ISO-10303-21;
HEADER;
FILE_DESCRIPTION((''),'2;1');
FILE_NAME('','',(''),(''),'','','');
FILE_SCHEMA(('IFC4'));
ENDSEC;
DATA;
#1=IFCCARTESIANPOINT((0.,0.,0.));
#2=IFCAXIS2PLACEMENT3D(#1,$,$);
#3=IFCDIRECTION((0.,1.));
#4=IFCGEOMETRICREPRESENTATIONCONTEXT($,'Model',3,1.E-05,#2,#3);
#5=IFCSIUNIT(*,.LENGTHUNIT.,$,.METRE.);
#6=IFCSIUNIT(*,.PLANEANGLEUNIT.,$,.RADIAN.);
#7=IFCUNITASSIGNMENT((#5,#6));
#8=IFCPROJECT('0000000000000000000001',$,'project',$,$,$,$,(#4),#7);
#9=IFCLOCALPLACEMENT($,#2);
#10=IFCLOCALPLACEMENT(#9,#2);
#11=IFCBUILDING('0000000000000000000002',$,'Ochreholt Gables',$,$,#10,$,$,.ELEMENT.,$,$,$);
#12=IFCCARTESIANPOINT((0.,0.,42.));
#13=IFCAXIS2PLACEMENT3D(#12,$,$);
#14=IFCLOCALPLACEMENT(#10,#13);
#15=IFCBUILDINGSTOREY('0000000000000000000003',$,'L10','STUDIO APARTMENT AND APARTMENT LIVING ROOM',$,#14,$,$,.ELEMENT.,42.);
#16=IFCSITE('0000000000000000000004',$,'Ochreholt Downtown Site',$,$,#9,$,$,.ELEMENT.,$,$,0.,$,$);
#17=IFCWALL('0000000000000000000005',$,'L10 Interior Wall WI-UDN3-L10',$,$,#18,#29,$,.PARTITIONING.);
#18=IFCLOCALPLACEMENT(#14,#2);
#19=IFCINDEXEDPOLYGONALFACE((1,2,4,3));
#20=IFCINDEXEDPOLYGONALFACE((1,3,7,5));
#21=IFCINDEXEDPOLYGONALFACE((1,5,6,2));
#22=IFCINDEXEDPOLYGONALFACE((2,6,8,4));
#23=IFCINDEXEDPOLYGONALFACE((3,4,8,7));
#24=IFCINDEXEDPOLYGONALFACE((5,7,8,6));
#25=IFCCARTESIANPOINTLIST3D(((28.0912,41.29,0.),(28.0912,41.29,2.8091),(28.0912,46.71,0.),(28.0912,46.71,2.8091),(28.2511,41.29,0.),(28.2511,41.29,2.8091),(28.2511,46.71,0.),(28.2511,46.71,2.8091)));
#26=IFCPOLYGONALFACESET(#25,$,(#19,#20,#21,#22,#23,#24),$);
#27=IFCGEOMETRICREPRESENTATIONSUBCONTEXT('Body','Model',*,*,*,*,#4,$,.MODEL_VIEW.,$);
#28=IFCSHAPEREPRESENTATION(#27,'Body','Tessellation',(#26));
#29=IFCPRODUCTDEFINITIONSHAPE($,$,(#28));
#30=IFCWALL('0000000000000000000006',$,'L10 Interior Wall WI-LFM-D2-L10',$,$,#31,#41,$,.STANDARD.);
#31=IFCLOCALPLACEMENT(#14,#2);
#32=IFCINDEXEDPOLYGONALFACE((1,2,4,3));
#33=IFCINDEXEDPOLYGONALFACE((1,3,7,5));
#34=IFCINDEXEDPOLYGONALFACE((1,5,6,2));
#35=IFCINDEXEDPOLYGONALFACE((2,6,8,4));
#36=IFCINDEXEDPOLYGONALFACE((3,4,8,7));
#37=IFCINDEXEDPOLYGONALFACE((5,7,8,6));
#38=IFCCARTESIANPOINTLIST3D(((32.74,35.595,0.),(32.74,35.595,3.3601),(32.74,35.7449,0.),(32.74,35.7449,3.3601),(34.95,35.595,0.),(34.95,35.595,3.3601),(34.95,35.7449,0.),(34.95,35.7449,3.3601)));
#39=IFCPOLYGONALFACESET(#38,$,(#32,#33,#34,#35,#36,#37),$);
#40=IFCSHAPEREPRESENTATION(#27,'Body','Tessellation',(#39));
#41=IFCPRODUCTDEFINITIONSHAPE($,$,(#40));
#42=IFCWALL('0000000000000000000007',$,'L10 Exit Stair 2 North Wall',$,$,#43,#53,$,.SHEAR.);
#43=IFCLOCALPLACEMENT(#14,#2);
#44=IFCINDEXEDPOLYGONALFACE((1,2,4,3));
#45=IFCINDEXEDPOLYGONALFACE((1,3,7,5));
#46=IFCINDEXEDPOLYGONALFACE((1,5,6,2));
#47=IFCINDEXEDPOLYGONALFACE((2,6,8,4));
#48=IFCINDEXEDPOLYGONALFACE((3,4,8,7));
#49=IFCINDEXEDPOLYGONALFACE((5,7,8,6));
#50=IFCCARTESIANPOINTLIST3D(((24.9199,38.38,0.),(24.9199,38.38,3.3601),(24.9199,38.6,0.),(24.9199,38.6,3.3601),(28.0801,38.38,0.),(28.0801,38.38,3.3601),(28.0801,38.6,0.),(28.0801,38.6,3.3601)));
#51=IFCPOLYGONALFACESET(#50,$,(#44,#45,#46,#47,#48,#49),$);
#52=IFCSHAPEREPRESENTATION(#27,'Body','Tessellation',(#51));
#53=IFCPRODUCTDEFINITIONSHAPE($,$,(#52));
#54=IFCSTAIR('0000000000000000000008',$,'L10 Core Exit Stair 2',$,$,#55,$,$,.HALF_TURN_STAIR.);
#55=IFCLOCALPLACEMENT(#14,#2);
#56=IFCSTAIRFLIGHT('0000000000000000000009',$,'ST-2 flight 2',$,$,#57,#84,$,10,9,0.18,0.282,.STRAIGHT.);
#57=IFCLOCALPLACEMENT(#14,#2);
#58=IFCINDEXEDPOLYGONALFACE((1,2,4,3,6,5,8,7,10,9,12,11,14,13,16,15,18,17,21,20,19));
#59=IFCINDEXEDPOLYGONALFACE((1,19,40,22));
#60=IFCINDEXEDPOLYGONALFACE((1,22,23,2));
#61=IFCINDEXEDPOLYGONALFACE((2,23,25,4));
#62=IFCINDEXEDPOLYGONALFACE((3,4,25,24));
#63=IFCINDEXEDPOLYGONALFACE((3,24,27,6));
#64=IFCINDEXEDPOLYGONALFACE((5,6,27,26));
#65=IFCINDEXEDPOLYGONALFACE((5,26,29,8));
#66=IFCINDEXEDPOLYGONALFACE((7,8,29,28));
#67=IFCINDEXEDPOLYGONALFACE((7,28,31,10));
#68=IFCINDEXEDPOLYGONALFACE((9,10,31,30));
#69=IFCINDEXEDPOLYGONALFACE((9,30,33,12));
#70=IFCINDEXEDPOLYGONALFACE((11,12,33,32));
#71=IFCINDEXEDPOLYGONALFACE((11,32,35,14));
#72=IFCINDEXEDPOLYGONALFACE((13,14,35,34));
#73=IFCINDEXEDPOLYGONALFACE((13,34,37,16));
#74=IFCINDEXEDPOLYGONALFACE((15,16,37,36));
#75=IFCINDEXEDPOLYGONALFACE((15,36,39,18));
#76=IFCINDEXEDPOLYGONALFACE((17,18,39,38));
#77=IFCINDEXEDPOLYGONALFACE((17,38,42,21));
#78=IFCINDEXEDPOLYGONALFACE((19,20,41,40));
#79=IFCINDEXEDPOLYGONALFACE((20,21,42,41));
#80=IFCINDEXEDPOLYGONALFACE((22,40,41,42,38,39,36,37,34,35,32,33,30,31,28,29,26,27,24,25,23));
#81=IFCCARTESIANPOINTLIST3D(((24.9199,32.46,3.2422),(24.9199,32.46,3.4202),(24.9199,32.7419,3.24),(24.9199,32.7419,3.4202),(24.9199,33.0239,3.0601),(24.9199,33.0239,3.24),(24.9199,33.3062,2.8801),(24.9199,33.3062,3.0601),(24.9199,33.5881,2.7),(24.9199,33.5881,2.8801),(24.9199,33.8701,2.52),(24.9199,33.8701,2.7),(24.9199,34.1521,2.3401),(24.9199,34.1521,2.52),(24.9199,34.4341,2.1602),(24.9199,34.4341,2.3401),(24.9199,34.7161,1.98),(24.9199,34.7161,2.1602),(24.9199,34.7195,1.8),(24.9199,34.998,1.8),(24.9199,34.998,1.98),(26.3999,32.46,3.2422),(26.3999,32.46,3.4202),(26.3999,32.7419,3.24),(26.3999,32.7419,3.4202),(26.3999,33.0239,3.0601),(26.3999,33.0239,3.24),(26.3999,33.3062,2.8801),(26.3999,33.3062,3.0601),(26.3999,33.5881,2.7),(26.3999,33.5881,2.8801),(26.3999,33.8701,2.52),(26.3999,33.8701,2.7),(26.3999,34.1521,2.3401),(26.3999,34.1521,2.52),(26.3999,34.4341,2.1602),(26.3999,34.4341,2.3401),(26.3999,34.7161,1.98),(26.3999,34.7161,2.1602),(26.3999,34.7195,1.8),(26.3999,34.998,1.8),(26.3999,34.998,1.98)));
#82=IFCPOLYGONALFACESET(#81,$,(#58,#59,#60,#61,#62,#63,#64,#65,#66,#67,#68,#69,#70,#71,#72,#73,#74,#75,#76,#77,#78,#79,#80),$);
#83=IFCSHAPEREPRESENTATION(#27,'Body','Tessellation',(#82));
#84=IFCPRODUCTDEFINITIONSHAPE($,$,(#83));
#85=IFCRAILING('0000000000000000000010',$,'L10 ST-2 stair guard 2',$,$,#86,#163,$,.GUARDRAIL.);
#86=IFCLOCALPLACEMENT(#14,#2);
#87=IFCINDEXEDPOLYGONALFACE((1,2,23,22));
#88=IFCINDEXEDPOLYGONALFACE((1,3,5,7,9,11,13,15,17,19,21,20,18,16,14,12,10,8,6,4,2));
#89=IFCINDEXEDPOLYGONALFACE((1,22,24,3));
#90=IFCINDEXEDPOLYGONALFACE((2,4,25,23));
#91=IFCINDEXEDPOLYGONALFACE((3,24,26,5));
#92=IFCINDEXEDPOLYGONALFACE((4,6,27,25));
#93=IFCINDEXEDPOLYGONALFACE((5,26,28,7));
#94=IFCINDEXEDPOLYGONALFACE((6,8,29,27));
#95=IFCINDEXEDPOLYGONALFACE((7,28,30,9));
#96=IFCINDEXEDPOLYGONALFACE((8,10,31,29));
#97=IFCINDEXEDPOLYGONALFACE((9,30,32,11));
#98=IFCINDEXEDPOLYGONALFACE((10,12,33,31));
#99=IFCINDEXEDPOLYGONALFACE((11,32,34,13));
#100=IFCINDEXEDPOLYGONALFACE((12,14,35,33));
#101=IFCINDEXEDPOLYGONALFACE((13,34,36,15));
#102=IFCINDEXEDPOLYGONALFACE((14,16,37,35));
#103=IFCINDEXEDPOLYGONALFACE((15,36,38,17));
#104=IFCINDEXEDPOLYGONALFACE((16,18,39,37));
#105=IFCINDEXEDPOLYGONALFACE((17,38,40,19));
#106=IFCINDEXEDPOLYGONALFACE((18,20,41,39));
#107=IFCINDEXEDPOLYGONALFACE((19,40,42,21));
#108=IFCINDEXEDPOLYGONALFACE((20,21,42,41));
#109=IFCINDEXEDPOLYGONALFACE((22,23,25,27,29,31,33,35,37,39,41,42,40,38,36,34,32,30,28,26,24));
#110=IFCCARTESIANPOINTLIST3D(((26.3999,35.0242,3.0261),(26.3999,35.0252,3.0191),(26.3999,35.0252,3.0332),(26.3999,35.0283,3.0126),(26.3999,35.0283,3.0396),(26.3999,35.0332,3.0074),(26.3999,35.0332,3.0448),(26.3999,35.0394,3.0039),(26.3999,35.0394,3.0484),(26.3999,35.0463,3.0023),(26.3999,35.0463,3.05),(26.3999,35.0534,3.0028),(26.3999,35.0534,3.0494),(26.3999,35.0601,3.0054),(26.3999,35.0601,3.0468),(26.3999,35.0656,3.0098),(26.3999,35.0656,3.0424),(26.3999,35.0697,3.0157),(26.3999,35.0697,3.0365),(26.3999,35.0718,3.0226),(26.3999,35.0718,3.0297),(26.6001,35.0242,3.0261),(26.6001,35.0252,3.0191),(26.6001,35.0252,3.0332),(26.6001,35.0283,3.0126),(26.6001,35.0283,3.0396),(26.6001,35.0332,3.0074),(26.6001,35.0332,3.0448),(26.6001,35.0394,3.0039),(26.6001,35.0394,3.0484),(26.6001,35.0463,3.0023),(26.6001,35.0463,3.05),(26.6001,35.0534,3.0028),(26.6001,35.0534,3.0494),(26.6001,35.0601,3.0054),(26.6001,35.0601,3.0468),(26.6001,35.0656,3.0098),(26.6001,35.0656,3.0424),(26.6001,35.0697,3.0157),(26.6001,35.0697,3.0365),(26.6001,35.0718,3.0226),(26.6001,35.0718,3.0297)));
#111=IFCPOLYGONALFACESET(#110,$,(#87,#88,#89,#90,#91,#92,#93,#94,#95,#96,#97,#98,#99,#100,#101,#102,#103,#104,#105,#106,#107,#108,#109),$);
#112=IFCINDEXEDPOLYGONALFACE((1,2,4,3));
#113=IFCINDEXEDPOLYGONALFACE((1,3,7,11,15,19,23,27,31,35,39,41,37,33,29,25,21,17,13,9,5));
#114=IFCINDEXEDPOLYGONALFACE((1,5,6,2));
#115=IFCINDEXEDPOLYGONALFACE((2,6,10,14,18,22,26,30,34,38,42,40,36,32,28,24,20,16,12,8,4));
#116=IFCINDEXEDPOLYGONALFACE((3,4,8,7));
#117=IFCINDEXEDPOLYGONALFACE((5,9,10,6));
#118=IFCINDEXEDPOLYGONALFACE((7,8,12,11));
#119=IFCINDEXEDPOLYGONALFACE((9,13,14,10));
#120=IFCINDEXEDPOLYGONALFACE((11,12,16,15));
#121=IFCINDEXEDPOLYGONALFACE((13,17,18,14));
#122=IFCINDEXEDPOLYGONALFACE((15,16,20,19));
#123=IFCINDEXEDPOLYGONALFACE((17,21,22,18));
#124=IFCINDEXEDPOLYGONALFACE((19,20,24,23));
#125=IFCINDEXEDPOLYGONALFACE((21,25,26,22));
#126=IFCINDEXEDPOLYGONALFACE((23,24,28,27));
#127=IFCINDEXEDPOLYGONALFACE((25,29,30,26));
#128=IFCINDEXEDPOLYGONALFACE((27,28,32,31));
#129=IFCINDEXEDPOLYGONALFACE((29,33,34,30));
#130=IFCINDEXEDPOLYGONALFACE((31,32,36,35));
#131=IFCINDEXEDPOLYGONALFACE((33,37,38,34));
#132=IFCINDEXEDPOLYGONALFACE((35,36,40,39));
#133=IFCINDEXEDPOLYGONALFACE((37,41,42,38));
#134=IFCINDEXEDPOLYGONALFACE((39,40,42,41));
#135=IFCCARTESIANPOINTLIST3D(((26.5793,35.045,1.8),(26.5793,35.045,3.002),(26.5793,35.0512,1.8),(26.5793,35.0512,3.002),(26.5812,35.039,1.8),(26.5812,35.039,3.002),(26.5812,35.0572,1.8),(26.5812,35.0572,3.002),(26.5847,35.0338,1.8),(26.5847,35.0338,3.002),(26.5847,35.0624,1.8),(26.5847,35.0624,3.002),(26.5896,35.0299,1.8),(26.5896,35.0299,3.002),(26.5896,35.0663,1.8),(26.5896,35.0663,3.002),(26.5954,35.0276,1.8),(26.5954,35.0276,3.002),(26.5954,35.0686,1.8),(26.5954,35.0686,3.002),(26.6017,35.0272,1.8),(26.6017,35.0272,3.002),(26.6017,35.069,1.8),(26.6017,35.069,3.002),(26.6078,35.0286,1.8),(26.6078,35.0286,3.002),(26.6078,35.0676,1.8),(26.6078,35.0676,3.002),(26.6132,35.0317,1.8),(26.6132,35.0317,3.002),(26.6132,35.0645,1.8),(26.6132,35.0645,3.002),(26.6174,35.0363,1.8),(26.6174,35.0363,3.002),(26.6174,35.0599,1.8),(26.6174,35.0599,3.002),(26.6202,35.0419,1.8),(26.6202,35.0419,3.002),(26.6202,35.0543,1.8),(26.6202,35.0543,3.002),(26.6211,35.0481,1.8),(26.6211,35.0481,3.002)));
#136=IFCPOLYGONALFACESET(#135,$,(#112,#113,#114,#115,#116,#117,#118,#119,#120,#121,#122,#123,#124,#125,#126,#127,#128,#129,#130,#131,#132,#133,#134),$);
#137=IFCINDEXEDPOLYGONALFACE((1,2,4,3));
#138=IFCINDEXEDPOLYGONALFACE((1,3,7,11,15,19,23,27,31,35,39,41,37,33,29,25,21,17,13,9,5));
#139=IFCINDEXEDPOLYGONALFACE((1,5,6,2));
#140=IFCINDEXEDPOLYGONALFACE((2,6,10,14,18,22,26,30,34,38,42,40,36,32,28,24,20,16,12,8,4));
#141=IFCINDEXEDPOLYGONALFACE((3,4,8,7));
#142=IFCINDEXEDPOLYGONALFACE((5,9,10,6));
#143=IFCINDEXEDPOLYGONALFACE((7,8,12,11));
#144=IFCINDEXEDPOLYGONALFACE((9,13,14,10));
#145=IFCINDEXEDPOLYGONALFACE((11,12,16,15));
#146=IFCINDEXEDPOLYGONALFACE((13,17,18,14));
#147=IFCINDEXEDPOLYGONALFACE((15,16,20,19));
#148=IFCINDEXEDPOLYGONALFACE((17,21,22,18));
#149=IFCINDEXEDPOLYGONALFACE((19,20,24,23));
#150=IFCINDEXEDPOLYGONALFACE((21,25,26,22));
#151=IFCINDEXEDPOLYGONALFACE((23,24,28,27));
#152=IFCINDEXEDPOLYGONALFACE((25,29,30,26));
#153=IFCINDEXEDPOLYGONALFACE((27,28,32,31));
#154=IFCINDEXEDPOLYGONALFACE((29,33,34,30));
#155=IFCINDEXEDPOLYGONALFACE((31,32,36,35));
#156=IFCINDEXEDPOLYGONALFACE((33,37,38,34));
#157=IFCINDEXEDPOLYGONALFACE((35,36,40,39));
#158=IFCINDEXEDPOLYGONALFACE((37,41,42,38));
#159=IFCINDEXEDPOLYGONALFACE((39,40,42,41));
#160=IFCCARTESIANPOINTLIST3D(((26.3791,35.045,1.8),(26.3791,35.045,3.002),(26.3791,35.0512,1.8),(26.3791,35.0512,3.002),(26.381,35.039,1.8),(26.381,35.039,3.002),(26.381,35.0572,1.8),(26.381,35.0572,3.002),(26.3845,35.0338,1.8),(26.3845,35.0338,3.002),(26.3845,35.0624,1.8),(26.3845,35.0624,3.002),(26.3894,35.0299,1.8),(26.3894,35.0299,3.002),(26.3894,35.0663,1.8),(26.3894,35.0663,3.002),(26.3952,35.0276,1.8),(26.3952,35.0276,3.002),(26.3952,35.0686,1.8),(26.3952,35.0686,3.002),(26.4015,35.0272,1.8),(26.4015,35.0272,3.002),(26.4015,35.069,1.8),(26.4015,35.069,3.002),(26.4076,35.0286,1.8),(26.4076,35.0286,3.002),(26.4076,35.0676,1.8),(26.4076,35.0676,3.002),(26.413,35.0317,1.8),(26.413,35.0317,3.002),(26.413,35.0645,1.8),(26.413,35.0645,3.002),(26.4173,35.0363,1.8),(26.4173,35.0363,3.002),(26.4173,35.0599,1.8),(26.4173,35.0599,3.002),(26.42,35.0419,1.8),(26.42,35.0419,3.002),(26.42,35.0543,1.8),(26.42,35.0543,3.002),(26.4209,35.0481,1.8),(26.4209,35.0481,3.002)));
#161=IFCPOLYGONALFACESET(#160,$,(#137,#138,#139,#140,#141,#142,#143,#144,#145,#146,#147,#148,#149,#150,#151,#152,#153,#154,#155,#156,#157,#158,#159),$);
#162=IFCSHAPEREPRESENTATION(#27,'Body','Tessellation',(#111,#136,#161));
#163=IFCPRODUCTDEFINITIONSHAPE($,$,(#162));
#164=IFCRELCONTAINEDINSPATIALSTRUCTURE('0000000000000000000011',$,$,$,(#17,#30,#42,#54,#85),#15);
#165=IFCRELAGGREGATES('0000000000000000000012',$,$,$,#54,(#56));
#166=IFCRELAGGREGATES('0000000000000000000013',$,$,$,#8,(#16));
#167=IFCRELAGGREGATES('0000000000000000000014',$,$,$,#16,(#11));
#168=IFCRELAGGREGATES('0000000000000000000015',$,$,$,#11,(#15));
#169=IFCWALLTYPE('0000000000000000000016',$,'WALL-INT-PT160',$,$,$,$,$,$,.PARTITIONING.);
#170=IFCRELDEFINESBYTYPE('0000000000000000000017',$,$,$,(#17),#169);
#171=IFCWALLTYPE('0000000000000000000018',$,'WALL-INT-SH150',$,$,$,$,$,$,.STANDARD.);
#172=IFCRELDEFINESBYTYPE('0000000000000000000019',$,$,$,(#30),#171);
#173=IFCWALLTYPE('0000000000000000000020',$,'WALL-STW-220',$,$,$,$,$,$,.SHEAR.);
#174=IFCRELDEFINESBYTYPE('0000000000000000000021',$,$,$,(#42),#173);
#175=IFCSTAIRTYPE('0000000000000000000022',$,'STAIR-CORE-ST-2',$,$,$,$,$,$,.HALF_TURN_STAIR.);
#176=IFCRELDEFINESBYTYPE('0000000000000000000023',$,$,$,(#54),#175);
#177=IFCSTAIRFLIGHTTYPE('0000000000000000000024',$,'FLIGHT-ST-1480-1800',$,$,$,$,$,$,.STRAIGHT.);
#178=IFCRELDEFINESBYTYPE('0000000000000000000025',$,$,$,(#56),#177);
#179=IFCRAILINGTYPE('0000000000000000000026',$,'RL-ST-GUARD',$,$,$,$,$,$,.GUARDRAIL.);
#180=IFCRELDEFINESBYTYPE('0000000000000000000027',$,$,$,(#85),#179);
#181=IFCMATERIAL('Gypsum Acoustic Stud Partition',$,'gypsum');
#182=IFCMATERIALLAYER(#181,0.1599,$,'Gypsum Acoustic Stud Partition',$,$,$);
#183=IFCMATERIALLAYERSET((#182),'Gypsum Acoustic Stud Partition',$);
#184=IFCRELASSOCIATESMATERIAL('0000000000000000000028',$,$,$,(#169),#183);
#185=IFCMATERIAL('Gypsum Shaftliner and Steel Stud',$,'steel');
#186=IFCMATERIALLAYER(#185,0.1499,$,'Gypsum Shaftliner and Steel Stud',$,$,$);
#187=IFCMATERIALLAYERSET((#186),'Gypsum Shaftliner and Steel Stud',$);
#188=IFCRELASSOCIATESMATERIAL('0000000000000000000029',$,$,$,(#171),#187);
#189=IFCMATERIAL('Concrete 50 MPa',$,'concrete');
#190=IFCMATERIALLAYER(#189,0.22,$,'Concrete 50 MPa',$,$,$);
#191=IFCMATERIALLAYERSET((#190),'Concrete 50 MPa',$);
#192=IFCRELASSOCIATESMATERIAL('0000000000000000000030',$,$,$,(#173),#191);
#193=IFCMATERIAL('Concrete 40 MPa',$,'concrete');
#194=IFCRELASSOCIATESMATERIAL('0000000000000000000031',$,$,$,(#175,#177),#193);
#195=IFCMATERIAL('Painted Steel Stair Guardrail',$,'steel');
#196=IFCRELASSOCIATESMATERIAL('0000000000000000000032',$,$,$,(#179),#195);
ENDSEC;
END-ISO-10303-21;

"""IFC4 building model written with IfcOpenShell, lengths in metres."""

from ifc_helpers import new_model, si_unit, direction, frame, frame_2d, origin, origin_2d, place, context, subcontext, project, spatial, polyline, rectangle, circle, outline, extrude, material, layer, layer_set, type_object, element, aggregate, save


model = new_model("IFC4")

# Units and contexts
model_context = context("Model", 3, precision=1e-05, world=origin(), true_north=direction((0.0, 1.0)))
body_context = subcontext(model_context, "Body", "Model", "MODEL_VIEW")
ifc_project = project(units=[si_unit("LENGTHUNIT", "METRE"), si_unit("PLANEANGLEUNIT", "RADIAN")], contexts=[model_context])

# Site, building, storey
site_placement = place(None, origin())
site = spatial("IfcSite", under=ifc_project, at=site_placement, Name="Ochreholt Downtown Site", CompositionType="ELEMENT", RefElevation=0.0)
building_placement = place(site_placement, origin())
building = spatial("IfcBuilding", under=site, at=building_placement, Name="Ochreholt Gables", CompositionType="ELEMENT")
storey_placement = place(building_placement, frame((0.0, 0.0, 42.0)))
storey = spatial("IfcBuildingStorey", under=building, at=storey_placement, Name="L10", Description="STUDIO APARTMENT AND APARTMENT LIVING ROOM", CompositionType="ELEMENT", Elevation=42.0)

# Walls
ifc_material_1 = material(Name="Gypsum Acoustic Stud Partition", Category="gypsum")
ifc_layer_1 = layer(ifc_material_1, 0.1599, Name="Gypsum Acoustic Stud Partition")
ifc_layer_set_1 = layer_set([ifc_layer_1], Name="Gypsum Acoustic Stud Partition")
wall_type_1 = type_object("IfcWallType", Name="WALL-INT-PT160", PredefinedType="PARTITIONING", material=ifc_layer_set_1)
wall_1_placement = place(storey_placement, frame((28.1711, 41.29, 0.0), z_axis=(0.0, 0.0, 1.0), x_axis=(0.0, 1.0, 0.0)))
element("IfcWall", 1, at=wall_1_placement, inside=storey, type_object=wall_type_1, Name="L10 Interior Wall WI-UDN3-L10", PredefinedType="PARTITIONING", context=body_context, shape_type="SweptSolid", body=[
    extrude(rectangle(XDim=5.4199, YDim=0.1599, at=frame_2d((2.71, 0.0))), origin(), (0.0, 0.0, 1.0), 2.8091),
])
ifc_material_2 = material(Name="Gypsum Shaftliner and Steel Stud", Category="steel")
ifc_layer_2 = layer(ifc_material_2, 0.1499, Name="Gypsum Shaftliner and Steel Stud")
ifc_layer_set_2 = layer_set([ifc_layer_2], Name="Gypsum Shaftliner and Steel Stud")
wall_type_2 = type_object("IfcWallType", Name="WALL-INT-SH150", PredefinedType="STANDARD", material=ifc_layer_set_2)
wall_2_placement = place(storey_placement, frame((32.74, 35.6699, 0.0), z_axis=(0.0, 0.0, 1.0), x_axis=(1.0, 0.0, 0.0)))
element("IfcWall", 2, at=wall_2_placement, inside=storey, type_object=wall_type_2, Name="L10 Interior Wall WI-LFM-D2-L10", PredefinedType="STANDARD", context=body_context, shape_type="SweptSolid", body=[
    extrude(rectangle(XDim=2.21, YDim=0.1499, at=frame_2d((1.105, 0.0))), origin(), (0.0, 0.0, 1.0), 3.3601),
])
ifc_material_3 = material(Name="Concrete 50 MPa", Category="concrete")
ifc_layer_3 = layer(ifc_material_3, 0.22, Name="Concrete 50 MPa")
ifc_layer_set_3 = layer_set([ifc_layer_3], Name="Concrete 50 MPa")
wall_type_3 = type_object("IfcWallType", Name="WALL-STW-220", PredefinedType="SHEAR", material=ifc_layer_set_3)
wall_3_placement = place(storey_placement, frame((24.9199, 38.49, 0.0), z_axis=(0.0, 0.0, 1.0), x_axis=(1.0, 0.0, 0.0)))
element("IfcWall", 3, at=wall_3_placement, inside=storey, type_object=wall_type_3, Name="L10 Exit Stair 2 North Wall", PredefinedType="SHEAR", context=body_context, shape_type="SweptSolid", body=[
    extrude(rectangle(XDim=3.1602, YDim=0.22, at=frame_2d((1.5801, 0.0))), origin(), (0.0, 0.0, 1.0), 3.3601),
])

# Stair, stair flight
ifc_material_4 = material(Name="Concrete 40 MPa", Category="concrete")
stair_type = type_object("IfcStairType", Name="STAIR-CORE-ST-2", PredefinedType="HALF_TURN_STAIR", material=ifc_material_4)
stair_placement = place(storey_placement, origin())
stair = element("IfcStair", 4, at=stair_placement, inside=storey, type_object=stair_type, Name="L10 Core Exit Stair 2", PredefinedType="HALF_TURN_STAIR")
stair_flight_type = type_object("IfcStairFlightType", Name="FLIGHT-ST-1480-1800", PredefinedType="STRAIGHT", material=ifc_material_4)
stair_flight_placement = place(storey_placement, frame((25.6599, 34.998, 1.8), z_axis=(0.0, 0.0, 1.0), x_axis=(0.0, -1.0, 0.0)))
stair_flight = element("IfcStairFlight", 5, at=stair_flight_placement, type_object=stair_flight_type, Name="ST-2 flight 2", NumberOfRisers=10, NumberOfTreads=9, PredefinedType="STRAIGHT", RiserHeight=0.18, TreadLength=0.282, context=body_context, shape_type="SweptSolid", body=[
    extrude(outline(polyline([(0.0, 0.0), (0.0, 0.1799), (0.282, 0.1799), (0.282, 0.3601), (0.564, 0.3601), (0.564, 0.54), (0.8459, 0.54), (0.8459, 0.72), (1.1279, 0.72), (1.1279, 0.8999), (1.4099, 0.8999), (1.4099, 1.0801), (1.6919, 1.0801), (1.6919, 1.26), (1.9741, 1.26), (1.9741, 1.4399), (2.2561, 1.4399), (2.2561, 1.6201), (2.5381, 1.6201), (2.5381, 1.8), (2.5381, 1.4421), (0.2786, 0.0), (0.0, 0.0)])), frame((0.0, 0.74, 0.0), z_axis=(0.0, -1.0, 0.0), x_axis=(1.0, 0.0, 0.0)), (0.0, 0.0, 1.0), 1.48),
])
aggregate(stair, [stair_flight])

# Railing
ifc_material_5 = material(Name="Painted Steel Stair Guardrail", Category="steel")
railing_type_1 = type_object("IfcRailingType", Name="RL-ST-GUARD", PredefinedType="GUARDRAIL", material=ifc_material_5)
railing_1_placement = place(storey_placement, frame((26.6001, 35.0481, 1.8)))
element("IfcRailing", 6, at=railing_1_placement, inside=storey, type_object=railing_type_1, Name="L10 ST-2 stair guard 2", PredefinedType="GUARDRAIL", context=body_context, shape_type="SweptSolid", body=[
    extrude(circle(Radius=0.0239, at=origin_2d()), frame((0.0, 0.0, 1.2261), z_axis=(-1.0, 0.0, 0.0), x_axis=(0.0, -1.0, 0.0)), (0.0, 0.0, 1.0), 0.2002),
    extrude(circle(Radius=0.021, at=origin_2d()), origin(), (0.0, 0.0, 1.0), 1.2019),
    extrude(circle(Radius=0.021, at=origin_2d()), frame((-0.2002, 0.0, 0.0)), (0.0, 0.0, 1.0), 1.2019),
])

save(model, "model.ifc")
